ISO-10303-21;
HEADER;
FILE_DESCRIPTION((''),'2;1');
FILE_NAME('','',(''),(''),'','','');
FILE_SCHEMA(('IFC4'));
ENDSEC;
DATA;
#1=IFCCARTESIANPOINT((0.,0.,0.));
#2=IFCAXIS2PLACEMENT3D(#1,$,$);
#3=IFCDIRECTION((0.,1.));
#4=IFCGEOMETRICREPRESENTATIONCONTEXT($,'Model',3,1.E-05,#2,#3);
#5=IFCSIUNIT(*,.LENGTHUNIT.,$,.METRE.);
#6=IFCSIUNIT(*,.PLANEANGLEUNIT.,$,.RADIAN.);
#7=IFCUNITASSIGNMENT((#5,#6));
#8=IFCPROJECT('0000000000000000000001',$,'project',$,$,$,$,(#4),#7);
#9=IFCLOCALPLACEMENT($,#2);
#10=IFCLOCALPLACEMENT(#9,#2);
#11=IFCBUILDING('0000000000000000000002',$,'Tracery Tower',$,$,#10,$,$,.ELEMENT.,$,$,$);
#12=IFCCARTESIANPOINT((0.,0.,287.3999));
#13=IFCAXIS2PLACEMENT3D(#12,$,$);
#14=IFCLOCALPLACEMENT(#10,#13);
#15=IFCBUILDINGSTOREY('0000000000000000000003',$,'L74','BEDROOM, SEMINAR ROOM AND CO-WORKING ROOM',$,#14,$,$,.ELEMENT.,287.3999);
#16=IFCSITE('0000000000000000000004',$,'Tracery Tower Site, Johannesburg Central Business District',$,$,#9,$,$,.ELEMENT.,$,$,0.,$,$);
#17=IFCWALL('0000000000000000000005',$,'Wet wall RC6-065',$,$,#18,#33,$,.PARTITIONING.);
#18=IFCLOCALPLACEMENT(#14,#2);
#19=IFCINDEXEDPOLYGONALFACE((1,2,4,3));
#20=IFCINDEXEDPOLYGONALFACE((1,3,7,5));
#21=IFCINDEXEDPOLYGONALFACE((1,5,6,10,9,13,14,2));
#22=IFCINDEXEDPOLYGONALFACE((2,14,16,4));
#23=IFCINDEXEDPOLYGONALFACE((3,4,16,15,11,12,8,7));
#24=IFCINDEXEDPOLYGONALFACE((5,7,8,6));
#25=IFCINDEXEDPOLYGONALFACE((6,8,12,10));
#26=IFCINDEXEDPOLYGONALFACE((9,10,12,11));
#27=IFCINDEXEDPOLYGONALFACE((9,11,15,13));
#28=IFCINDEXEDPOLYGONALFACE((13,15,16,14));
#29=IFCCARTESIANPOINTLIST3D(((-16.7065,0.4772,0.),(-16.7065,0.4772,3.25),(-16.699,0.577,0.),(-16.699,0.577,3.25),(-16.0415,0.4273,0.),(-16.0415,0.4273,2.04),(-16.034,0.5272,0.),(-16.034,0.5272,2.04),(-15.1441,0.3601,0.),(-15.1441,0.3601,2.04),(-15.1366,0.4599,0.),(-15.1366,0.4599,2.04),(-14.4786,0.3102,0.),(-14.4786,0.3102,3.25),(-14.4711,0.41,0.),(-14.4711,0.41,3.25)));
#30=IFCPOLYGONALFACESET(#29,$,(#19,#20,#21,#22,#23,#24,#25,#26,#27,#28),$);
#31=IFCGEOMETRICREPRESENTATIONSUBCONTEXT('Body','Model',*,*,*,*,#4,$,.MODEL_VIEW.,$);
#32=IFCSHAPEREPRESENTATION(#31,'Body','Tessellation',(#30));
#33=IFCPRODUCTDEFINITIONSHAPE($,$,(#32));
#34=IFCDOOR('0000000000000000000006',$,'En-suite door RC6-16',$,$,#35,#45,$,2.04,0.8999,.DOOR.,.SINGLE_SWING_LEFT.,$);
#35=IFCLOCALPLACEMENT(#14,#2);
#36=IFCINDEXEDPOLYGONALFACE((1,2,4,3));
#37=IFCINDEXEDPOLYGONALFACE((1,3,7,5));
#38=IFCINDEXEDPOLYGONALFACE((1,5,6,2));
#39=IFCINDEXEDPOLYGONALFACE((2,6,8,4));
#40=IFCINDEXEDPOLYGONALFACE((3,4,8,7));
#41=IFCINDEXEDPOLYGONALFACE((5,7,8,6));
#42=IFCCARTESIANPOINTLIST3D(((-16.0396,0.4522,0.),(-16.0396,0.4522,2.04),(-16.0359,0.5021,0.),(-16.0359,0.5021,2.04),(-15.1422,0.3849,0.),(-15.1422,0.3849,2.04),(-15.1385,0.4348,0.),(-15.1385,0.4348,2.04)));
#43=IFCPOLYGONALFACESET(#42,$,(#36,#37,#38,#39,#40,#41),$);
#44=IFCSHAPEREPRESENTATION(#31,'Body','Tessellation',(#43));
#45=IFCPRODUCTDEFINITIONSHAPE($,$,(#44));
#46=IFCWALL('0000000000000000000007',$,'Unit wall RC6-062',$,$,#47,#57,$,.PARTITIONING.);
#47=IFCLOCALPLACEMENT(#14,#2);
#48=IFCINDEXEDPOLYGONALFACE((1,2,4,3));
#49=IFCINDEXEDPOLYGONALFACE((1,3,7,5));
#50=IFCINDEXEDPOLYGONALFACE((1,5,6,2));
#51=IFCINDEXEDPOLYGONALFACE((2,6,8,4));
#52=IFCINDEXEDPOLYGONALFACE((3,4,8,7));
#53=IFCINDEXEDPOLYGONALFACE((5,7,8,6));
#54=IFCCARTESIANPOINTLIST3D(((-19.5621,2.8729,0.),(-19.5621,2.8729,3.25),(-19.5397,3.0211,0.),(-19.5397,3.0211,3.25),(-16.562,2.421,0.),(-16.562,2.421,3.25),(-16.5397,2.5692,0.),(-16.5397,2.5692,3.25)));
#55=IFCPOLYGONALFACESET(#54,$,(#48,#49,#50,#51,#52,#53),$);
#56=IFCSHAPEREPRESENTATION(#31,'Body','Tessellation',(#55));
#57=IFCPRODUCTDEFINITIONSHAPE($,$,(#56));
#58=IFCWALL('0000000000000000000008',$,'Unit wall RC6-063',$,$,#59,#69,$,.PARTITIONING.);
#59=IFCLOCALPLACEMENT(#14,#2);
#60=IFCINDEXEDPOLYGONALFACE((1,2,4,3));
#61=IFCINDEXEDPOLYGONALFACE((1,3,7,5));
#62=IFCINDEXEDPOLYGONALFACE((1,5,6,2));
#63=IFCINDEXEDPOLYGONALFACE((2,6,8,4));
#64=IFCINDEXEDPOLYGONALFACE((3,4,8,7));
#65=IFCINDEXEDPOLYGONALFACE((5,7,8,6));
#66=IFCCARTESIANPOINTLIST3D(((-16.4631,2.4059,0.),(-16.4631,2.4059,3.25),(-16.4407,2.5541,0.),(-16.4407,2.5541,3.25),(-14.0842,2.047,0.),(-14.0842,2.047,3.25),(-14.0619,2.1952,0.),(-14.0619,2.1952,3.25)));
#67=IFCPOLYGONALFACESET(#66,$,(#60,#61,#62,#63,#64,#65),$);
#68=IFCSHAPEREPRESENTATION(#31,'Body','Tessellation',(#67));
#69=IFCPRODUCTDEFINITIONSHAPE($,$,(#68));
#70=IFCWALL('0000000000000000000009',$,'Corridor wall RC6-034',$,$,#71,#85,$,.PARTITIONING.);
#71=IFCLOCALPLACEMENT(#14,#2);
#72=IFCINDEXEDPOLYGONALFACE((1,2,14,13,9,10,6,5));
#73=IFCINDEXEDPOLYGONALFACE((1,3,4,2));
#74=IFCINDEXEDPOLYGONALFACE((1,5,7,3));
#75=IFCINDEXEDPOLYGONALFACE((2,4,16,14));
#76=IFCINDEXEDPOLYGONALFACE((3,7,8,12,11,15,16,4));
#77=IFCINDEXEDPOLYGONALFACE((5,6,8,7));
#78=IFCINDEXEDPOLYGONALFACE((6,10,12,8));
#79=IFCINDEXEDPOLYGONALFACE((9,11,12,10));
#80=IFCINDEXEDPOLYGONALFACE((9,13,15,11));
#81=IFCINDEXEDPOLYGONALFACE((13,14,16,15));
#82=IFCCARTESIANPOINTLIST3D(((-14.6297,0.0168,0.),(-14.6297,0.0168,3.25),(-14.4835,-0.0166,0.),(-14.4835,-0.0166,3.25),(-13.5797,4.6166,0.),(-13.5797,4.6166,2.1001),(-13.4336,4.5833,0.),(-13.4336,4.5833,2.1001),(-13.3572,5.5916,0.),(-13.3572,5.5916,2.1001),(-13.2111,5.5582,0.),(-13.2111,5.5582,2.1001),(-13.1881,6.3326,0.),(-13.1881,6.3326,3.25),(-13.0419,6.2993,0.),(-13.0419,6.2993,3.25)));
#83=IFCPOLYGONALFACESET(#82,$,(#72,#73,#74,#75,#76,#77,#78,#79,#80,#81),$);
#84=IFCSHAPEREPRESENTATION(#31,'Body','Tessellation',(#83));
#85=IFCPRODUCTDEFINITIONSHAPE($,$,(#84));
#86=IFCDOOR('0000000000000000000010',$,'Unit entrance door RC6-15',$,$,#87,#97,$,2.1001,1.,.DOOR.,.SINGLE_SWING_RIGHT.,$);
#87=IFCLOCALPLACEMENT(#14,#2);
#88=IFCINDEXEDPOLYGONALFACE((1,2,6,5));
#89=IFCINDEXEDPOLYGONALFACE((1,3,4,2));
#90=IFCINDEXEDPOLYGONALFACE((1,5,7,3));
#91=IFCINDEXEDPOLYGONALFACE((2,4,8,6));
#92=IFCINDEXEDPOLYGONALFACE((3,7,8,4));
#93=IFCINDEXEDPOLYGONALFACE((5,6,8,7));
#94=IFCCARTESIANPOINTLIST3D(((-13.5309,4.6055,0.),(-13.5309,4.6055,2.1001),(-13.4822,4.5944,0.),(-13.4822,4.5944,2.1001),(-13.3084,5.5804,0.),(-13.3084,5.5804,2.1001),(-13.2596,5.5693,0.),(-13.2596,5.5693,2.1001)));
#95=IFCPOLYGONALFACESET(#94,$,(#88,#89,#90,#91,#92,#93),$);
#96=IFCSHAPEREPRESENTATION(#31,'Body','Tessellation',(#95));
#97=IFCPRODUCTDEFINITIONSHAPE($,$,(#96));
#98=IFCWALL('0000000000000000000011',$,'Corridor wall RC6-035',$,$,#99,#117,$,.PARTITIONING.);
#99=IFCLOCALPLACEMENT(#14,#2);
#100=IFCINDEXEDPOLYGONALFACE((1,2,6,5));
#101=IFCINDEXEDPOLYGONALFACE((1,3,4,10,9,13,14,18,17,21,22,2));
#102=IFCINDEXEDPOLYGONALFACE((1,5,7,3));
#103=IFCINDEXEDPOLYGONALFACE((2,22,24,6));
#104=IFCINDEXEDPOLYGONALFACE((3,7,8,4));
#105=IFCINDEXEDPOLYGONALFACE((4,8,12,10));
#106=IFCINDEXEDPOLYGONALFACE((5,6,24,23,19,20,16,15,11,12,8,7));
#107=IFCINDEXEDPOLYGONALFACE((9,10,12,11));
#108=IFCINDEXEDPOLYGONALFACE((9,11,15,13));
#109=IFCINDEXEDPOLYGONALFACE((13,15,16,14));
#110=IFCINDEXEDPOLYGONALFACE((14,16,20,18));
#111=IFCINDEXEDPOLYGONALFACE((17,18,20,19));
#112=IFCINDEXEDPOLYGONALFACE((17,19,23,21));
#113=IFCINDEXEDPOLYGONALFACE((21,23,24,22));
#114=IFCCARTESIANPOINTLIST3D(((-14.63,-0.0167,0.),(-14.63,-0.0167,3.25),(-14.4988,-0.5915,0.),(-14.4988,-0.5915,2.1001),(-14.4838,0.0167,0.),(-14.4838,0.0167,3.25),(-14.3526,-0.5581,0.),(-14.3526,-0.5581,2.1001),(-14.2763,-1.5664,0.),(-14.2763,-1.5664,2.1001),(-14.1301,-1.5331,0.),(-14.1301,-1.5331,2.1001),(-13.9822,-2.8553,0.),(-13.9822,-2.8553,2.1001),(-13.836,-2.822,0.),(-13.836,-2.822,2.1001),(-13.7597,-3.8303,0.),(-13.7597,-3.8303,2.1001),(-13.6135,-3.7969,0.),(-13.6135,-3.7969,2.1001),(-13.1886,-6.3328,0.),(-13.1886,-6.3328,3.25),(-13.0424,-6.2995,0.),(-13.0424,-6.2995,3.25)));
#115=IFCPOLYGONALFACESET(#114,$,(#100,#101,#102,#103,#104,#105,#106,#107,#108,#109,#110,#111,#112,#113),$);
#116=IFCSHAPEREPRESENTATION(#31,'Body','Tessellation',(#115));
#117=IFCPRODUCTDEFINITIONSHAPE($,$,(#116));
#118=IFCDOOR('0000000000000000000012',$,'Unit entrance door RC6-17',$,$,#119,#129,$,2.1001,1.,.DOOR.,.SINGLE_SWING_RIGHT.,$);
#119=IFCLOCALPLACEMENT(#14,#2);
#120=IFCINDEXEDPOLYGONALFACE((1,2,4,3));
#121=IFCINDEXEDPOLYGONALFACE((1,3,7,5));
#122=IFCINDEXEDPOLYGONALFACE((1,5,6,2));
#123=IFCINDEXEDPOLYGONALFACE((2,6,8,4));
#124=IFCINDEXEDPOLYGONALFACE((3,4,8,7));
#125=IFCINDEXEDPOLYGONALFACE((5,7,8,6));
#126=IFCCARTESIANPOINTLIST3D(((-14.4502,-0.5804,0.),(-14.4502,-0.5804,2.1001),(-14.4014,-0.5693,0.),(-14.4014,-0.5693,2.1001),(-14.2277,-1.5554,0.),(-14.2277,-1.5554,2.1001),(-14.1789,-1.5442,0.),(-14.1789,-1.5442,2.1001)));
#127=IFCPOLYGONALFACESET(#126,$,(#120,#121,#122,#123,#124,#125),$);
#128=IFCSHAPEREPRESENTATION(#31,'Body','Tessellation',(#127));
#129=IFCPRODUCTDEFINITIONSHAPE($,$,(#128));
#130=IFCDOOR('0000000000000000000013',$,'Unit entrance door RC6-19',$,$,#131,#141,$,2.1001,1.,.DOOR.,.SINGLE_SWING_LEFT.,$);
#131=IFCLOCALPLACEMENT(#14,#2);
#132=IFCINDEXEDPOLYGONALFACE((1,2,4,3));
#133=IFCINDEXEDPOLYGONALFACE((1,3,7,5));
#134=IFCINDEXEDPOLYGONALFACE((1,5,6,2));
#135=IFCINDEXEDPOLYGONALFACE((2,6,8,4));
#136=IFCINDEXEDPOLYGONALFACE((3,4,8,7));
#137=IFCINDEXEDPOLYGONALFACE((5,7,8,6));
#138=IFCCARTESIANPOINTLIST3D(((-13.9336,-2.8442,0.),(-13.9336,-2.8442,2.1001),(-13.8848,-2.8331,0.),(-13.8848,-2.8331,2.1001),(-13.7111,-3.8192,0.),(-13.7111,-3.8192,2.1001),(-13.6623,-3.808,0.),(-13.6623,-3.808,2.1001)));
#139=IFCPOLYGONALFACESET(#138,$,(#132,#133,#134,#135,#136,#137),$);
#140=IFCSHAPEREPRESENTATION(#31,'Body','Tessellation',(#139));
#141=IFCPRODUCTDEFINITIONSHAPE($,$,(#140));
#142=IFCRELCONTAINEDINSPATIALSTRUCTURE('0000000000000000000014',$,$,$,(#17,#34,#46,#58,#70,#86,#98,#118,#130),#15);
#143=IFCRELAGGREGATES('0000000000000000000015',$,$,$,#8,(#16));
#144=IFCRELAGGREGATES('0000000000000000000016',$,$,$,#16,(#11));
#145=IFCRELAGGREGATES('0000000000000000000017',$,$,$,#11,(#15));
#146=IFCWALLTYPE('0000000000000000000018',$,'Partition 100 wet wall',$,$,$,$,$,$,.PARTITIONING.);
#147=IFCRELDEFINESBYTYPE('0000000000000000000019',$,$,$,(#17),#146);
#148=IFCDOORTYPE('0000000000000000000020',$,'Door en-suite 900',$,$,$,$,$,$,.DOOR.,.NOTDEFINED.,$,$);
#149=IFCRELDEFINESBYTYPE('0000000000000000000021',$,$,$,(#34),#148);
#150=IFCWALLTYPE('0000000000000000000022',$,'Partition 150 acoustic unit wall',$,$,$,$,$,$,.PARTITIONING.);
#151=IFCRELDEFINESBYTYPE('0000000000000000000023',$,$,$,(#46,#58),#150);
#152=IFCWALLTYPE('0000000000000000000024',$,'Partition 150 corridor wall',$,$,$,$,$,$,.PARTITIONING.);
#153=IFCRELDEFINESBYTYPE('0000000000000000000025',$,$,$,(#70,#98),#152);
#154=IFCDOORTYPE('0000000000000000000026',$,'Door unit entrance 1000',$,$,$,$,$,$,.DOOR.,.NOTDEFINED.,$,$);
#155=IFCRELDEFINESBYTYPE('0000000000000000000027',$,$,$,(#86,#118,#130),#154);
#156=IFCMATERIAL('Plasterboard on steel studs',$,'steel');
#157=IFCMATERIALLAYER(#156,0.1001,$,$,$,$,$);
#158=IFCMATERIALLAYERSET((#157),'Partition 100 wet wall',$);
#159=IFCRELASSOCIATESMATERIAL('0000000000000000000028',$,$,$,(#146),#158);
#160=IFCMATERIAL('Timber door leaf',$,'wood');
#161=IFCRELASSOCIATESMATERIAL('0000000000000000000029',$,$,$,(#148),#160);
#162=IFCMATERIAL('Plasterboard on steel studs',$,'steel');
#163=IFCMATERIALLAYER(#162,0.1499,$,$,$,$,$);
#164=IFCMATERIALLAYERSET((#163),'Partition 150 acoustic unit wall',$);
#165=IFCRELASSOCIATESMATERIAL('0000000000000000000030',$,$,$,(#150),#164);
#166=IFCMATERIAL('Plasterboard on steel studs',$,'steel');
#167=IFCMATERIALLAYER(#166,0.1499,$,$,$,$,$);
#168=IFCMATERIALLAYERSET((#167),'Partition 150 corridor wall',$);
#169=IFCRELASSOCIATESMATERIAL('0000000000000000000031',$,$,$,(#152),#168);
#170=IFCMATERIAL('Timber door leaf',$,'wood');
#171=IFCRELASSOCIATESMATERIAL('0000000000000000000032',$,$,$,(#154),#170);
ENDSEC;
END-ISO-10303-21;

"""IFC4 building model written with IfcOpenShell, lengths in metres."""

from ifc_helpers import new_model, si_unit, direction, frame, frame_2d, origin, place, context, subcontext, project, spatial, rectangle, extrude, material, layer, layer_set, type_object, element, fill, save


model = new_model("IFC4")

# Units and contexts
model_context = context("Model", 3, precision=1e-05, world=origin(), true_north=direction((0.0, 1.0)))
body_context = subcontext(model_context, "Body", "Model", "MODEL_VIEW")
ifc_project = project(units=[si_unit("LENGTHUNIT", "METRE"), si_unit("PLANEANGLEUNIT", "RADIAN")], contexts=[model_context])

# Site, building, storey
site_placement = place(None, origin())
site = spatial("IfcSite", under=ifc_project, at=site_placement, Name="Tracery Tower Site, Johannesburg Central Business District", CompositionType="ELEMENT", RefElevation=0.0)
building_placement = place(site_placement, origin())
building = spatial("IfcBuilding", under=site, at=building_placement, Name="Tracery Tower", CompositionType="ELEMENT")
storey_placement = place(building_placement, frame((0.0, 0.0, 287.3999)))
storey = spatial("IfcBuildingStorey", under=building, at=storey_placement, Name="L74", Description="BEDROOM, SEMINAR ROOM AND CO-WORKING ROOM", CompositionType="ELEMENT", Elevation=287.3999)

# Shared definitions
ifc_material_1 = material(Name="Plasterboard on steel studs", Category="steel")
ifc_layer_1 = layer(ifc_material_1, 0.1001)
ifc_layer_set_1 = layer_set([ifc_layer_1], Name="Partition 100 wet wall")
wall_type_1 = type_object("IfcWallType", Name="Partition 100 wet wall", PredefinedType="PARTITIONING", material=ifc_layer_set_1)
ifc_material_2 = material(Name="Timber door leaf", Category="wood")
door_type_1 = type_object("IfcDoorType", Name="Door en-suite 900", OperationType="NOTDEFINED", PredefinedType="DOOR", material=ifc_material_2)

# Wall, opening, door
wall_1_placement = place(storey_placement, frame((-16.7029, 0.5271, 0.0), z_axis=(0.0, 0.0, 1.0), x_axis=(0.997202, -0.074749, 0.0)))
wall_1 = element("IfcWall", 1, at=wall_1_placement, inside=storey, type_object=wall_type_1, Name="Wet wall RC6-065", PredefinedType="PARTITIONING", context=body_context, shape_type="SweptSolid", body=[
    extrude(rectangle(XDim=2.2341, YDim=0.1001, at=frame_2d((1.1172, 0.0))), origin(), (0.0, 0.0, 1.0), 3.25),
])
opening_1_placement = place(wall_1_placement, frame((0.667, 0.0, 0.0)))
opening_1 = element("IfcOpeningElement", 2, at=opening_1_placement, cuts=wall_1, PredefinedType="OPENING", context=body_context, shape_type="SweptSolid", body=[
    extrude(rectangle(XDim=0.8999, YDim=2.04, at=frame_2d((0.45, 1.02))), frame((0.0, 0.05, 0.0), z_axis=(0.0, -1.0, 0.0), x_axis=(1.0, 0.0, 0.0)), (0.0, 0.0, 1.0), 0.1001),
])
door_1_placement = place(opening_1_placement, origin())
door_1 = element("IfcDoor", 3, at=door_1_placement, inside=storey, type_object=door_type_1, Name="En-suite door RC6-16", OperationType="SINGLE_SWING_LEFT", OverallHeight=2.04, OverallWidth=0.8999, PredefinedType="DOOR", context=body_context, shape_type="SweptSolid", body=[
    extrude(rectangle(XDim=0.8999, YDim=2.04, at=frame_2d((0.45, 1.02))), frame((0.0, 0.0249, 0.0), z_axis=(0.0, -1.0, 0.0), x_axis=(1.0, 0.0, 0.0)), (0.0, 0.0, 1.0), 0.05),
])
fill(opening_1, door_1)

# Walls
ifc_material_3 = material(Name="Plasterboard on steel studs", Category="steel")
ifc_layer_2 = layer(ifc_material_3, 0.1499)
ifc_layer_set_2 = layer_set([ifc_layer_2], Name="Partition 150 acoustic unit wall")
wall_type_2 = type_object("IfcWallType", Name="Partition 150 acoustic unit wall", PredefinedType="PARTITIONING", material=ifc_layer_set_2)
wall_2_placement = place(storey_placement, frame((-19.551, 2.947, 0.0), z_axis=(0.0, 0.0, 1.0), x_axis=(0.988844, -0.148954, 0.0)))
element("IfcWall", 4, at=wall_2_placement, inside=storey, type_object=wall_type_2, Name="Unit wall RC6-062", PredefinedType="PARTITIONING", context=body_context, shape_type="SweptSolid", body=[
    extrude(rectangle(XDim=3.0339, YDim=0.1499, at=frame_2d((1.5171, 0.0))), origin(), (0.0, 0.0, 1.0), 3.25),
])
wall_3_placement = place(storey_placement, frame((-16.4519, 2.48, 0.0), z_axis=(0.0, 0.0, 1.0), x_axis=(0.988811, -0.149174, 0.0)))
element("IfcWall", 5, at=wall_3_placement, inside=storey, type_object=wall_type_2, Name="Unit wall RC6-063", PredefinedType="PARTITIONING", context=body_context, shape_type="SweptSolid", body=[
    extrude(rectangle(XDim=2.4058, YDim=0.1499, at=frame_2d((1.2029, 0.0))), origin(), (0.0, 0.0, 1.0), 3.25),
])

# Wall, opening, door
ifc_material_4 = material(Name="Plasterboard on steel studs", Category="steel")
ifc_layer_3 = layer(ifc_material_4, 0.1499)
ifc_layer_set_3 = layer_set([ifc_layer_3], Name="Partition 150 corridor wall")
wall_type_3 = type_object("IfcWallType", Name="Partition 150 corridor wall", PredefinedType="PARTITIONING", material=ifc_layer_set_3)
wall_4_placement = place(storey_placement, frame((-14.5566, 0.0, 0.0), z_axis=(0.0, 0.0, 1.0), x_axis=(0.222533, 0.974925, 0.0)))
wall_4 = element("IfcWall", 6, at=wall_4_placement, inside=storey, type_object=wall_type_3, Name="Corridor wall RC6-034", PredefinedType="PARTITIONING", context=body_context, shape_type="SweptSolid", body=[
    extrude(rectangle(XDim=6.4783, YDim=0.1499, at=frame_2d((3.2393, 0.0))), origin(), (0.0, 0.0, 1.0), 3.25),
])
opening_2_placement = place(wall_4_placement, frame((4.7183, 0.0, 0.0)))
opening_2 = element("IfcOpeningElement", 7, at=opening_2_placement, cuts=wall_4, PredefinedType="OPENING", context=body_context, shape_type="SweptSolid", body=[
    extrude(rectangle(XDim=1.0, YDim=2.1001, at=frame_2d((0.5, 1.05))), frame((0.0, 0.075, 0.0), z_axis=(0.0, -1.0, 0.0), x_axis=(1.0, 0.0, 0.0)), (0.0, 0.0, 1.0), 0.1499),
])
ifc_material_5 = material(Name="Timber door leaf", Category="wood")
door_type_2 = type_object("IfcDoorType", Name="Door unit entrance 1000", OperationType="NOTDEFINED", PredefinedType="DOOR", material=ifc_material_5)
door_2_placement = place(opening_2_placement, origin())
door_2 = element("IfcDoor", 8, at=door_2_placement, inside=storey, type_object=door_type_2, Name="Unit entrance door RC6-15", OperationType="SINGLE_SWING_RIGHT", OverallHeight=2.1001, OverallWidth=1.0, PredefinedType="DOOR", context=body_context, shape_type="SweptSolid", body=[
    extrude(rectangle(XDim=1.0, YDim=2.1001, at=frame_2d((0.5, 1.05))), frame((0.0, 0.0249, 0.0), z_axis=(0.0, -1.0, 0.0), x_axis=(1.0, 0.0, 0.0)), (0.0, 0.0, 1.0), 0.05),
])
fill(opening_2, door_2)

# Wall, openings, doors
wall_5_placement = place(storey_placement, frame((-14.5569, 0.0, 0.0), z_axis=(0.0, 0.0, 1.0), x_axis=(0.222489, -0.974935, 0.0)))
wall_5 = element("IfcWall", 9, at=wall_5_placement, inside=storey, type_object=wall_type_3, Name="Corridor wall RC6-035", PredefinedType="PARTITIONING", context=body_context, shape_type="SweptSolid", body=[
    extrude(rectangle(XDim=6.4785, YDim=0.1499, at=frame_2d((3.2393, 0.0))), origin(), (0.0, 0.0, 1.0), 3.25),
])
opening_3_placement = place(wall_5_placement, frame((0.5896, 0.0, 0.0)))
opening_3 = element("IfcOpeningElement", 10, at=opening_3_placement, cuts=wall_5, PredefinedType="OPENING", context=body_context, shape_type="SweptSolid", body=[
    extrude(rectangle(XDim=1.0, YDim=2.1001, at=frame_2d((0.5, 1.05))), frame((0.0, 0.075, 0.0), z_axis=(0.0, -1.0, 0.0), x_axis=(1.0, 0.0, 0.0)), (0.0, 0.0, 1.0), 0.1499),
])
opening_4_placement = place(wall_5_placement, frame((2.9116, 0.0, 0.0)))
opening_4 = element("IfcOpeningElement", 11, at=opening_4_placement, cuts=wall_5, PredefinedType="OPENING", context=body_context, shape_type="SweptSolid", body=[
    extrude(rectangle(XDim=1.0, YDim=2.1001, at=frame_2d((0.5, 1.05))), frame((0.0, 0.075, 0.0), z_axis=(0.0, -1.0, 0.0), x_axis=(1.0, 0.0, 0.0)), (0.0, 0.0, 1.0), 0.1499),
])
door_3_placement = place(opening_3_placement, origin())
door_3 = element("IfcDoor", 12, at=door_3_placement, inside=storey, type_object=door_type_2, Name="Unit entrance door RC6-17", OperationType="SINGLE_SWING_RIGHT", OverallHeight=2.1001, OverallWidth=1.0, PredefinedType="DOOR", context=body_context, shape_type="SweptSolid", body=[
    extrude(rectangle(XDim=1.0, YDim=2.1001, at=frame_2d((0.5, 1.05))), frame((0.0, 0.0249, 0.0), z_axis=(0.0, -1.0, 0.0), x_axis=(1.0, 0.0, 0.0)), (0.0, 0.0, 1.0), 0.05),
])
fill(opening_3, door_3)
door_4_placement = place(opening_4_placement, origin())
door_4 = element("IfcDoor", 13, at=door_4_placement, inside=storey, type_object=door_type_2, Name="Unit entrance door RC6-19", OperationType="SINGLE_SWING_LEFT", OverallHeight=2.1001, OverallWidth=1.0, PredefinedType="DOOR", context=body_context, shape_type="SweptSolid", body=[
    extrude(rectangle(XDim=1.0, YDim=2.1001, at=frame_2d((0.5, 1.05))), frame((0.0, 0.0249, 0.0), z_axis=(0.0, -1.0, 0.0), x_axis=(1.0, 0.0, 0.0)), (0.0, 0.0, 1.0), 0.05),
])
fill(opening_4, door_4)

save(model, "model.ifc")
